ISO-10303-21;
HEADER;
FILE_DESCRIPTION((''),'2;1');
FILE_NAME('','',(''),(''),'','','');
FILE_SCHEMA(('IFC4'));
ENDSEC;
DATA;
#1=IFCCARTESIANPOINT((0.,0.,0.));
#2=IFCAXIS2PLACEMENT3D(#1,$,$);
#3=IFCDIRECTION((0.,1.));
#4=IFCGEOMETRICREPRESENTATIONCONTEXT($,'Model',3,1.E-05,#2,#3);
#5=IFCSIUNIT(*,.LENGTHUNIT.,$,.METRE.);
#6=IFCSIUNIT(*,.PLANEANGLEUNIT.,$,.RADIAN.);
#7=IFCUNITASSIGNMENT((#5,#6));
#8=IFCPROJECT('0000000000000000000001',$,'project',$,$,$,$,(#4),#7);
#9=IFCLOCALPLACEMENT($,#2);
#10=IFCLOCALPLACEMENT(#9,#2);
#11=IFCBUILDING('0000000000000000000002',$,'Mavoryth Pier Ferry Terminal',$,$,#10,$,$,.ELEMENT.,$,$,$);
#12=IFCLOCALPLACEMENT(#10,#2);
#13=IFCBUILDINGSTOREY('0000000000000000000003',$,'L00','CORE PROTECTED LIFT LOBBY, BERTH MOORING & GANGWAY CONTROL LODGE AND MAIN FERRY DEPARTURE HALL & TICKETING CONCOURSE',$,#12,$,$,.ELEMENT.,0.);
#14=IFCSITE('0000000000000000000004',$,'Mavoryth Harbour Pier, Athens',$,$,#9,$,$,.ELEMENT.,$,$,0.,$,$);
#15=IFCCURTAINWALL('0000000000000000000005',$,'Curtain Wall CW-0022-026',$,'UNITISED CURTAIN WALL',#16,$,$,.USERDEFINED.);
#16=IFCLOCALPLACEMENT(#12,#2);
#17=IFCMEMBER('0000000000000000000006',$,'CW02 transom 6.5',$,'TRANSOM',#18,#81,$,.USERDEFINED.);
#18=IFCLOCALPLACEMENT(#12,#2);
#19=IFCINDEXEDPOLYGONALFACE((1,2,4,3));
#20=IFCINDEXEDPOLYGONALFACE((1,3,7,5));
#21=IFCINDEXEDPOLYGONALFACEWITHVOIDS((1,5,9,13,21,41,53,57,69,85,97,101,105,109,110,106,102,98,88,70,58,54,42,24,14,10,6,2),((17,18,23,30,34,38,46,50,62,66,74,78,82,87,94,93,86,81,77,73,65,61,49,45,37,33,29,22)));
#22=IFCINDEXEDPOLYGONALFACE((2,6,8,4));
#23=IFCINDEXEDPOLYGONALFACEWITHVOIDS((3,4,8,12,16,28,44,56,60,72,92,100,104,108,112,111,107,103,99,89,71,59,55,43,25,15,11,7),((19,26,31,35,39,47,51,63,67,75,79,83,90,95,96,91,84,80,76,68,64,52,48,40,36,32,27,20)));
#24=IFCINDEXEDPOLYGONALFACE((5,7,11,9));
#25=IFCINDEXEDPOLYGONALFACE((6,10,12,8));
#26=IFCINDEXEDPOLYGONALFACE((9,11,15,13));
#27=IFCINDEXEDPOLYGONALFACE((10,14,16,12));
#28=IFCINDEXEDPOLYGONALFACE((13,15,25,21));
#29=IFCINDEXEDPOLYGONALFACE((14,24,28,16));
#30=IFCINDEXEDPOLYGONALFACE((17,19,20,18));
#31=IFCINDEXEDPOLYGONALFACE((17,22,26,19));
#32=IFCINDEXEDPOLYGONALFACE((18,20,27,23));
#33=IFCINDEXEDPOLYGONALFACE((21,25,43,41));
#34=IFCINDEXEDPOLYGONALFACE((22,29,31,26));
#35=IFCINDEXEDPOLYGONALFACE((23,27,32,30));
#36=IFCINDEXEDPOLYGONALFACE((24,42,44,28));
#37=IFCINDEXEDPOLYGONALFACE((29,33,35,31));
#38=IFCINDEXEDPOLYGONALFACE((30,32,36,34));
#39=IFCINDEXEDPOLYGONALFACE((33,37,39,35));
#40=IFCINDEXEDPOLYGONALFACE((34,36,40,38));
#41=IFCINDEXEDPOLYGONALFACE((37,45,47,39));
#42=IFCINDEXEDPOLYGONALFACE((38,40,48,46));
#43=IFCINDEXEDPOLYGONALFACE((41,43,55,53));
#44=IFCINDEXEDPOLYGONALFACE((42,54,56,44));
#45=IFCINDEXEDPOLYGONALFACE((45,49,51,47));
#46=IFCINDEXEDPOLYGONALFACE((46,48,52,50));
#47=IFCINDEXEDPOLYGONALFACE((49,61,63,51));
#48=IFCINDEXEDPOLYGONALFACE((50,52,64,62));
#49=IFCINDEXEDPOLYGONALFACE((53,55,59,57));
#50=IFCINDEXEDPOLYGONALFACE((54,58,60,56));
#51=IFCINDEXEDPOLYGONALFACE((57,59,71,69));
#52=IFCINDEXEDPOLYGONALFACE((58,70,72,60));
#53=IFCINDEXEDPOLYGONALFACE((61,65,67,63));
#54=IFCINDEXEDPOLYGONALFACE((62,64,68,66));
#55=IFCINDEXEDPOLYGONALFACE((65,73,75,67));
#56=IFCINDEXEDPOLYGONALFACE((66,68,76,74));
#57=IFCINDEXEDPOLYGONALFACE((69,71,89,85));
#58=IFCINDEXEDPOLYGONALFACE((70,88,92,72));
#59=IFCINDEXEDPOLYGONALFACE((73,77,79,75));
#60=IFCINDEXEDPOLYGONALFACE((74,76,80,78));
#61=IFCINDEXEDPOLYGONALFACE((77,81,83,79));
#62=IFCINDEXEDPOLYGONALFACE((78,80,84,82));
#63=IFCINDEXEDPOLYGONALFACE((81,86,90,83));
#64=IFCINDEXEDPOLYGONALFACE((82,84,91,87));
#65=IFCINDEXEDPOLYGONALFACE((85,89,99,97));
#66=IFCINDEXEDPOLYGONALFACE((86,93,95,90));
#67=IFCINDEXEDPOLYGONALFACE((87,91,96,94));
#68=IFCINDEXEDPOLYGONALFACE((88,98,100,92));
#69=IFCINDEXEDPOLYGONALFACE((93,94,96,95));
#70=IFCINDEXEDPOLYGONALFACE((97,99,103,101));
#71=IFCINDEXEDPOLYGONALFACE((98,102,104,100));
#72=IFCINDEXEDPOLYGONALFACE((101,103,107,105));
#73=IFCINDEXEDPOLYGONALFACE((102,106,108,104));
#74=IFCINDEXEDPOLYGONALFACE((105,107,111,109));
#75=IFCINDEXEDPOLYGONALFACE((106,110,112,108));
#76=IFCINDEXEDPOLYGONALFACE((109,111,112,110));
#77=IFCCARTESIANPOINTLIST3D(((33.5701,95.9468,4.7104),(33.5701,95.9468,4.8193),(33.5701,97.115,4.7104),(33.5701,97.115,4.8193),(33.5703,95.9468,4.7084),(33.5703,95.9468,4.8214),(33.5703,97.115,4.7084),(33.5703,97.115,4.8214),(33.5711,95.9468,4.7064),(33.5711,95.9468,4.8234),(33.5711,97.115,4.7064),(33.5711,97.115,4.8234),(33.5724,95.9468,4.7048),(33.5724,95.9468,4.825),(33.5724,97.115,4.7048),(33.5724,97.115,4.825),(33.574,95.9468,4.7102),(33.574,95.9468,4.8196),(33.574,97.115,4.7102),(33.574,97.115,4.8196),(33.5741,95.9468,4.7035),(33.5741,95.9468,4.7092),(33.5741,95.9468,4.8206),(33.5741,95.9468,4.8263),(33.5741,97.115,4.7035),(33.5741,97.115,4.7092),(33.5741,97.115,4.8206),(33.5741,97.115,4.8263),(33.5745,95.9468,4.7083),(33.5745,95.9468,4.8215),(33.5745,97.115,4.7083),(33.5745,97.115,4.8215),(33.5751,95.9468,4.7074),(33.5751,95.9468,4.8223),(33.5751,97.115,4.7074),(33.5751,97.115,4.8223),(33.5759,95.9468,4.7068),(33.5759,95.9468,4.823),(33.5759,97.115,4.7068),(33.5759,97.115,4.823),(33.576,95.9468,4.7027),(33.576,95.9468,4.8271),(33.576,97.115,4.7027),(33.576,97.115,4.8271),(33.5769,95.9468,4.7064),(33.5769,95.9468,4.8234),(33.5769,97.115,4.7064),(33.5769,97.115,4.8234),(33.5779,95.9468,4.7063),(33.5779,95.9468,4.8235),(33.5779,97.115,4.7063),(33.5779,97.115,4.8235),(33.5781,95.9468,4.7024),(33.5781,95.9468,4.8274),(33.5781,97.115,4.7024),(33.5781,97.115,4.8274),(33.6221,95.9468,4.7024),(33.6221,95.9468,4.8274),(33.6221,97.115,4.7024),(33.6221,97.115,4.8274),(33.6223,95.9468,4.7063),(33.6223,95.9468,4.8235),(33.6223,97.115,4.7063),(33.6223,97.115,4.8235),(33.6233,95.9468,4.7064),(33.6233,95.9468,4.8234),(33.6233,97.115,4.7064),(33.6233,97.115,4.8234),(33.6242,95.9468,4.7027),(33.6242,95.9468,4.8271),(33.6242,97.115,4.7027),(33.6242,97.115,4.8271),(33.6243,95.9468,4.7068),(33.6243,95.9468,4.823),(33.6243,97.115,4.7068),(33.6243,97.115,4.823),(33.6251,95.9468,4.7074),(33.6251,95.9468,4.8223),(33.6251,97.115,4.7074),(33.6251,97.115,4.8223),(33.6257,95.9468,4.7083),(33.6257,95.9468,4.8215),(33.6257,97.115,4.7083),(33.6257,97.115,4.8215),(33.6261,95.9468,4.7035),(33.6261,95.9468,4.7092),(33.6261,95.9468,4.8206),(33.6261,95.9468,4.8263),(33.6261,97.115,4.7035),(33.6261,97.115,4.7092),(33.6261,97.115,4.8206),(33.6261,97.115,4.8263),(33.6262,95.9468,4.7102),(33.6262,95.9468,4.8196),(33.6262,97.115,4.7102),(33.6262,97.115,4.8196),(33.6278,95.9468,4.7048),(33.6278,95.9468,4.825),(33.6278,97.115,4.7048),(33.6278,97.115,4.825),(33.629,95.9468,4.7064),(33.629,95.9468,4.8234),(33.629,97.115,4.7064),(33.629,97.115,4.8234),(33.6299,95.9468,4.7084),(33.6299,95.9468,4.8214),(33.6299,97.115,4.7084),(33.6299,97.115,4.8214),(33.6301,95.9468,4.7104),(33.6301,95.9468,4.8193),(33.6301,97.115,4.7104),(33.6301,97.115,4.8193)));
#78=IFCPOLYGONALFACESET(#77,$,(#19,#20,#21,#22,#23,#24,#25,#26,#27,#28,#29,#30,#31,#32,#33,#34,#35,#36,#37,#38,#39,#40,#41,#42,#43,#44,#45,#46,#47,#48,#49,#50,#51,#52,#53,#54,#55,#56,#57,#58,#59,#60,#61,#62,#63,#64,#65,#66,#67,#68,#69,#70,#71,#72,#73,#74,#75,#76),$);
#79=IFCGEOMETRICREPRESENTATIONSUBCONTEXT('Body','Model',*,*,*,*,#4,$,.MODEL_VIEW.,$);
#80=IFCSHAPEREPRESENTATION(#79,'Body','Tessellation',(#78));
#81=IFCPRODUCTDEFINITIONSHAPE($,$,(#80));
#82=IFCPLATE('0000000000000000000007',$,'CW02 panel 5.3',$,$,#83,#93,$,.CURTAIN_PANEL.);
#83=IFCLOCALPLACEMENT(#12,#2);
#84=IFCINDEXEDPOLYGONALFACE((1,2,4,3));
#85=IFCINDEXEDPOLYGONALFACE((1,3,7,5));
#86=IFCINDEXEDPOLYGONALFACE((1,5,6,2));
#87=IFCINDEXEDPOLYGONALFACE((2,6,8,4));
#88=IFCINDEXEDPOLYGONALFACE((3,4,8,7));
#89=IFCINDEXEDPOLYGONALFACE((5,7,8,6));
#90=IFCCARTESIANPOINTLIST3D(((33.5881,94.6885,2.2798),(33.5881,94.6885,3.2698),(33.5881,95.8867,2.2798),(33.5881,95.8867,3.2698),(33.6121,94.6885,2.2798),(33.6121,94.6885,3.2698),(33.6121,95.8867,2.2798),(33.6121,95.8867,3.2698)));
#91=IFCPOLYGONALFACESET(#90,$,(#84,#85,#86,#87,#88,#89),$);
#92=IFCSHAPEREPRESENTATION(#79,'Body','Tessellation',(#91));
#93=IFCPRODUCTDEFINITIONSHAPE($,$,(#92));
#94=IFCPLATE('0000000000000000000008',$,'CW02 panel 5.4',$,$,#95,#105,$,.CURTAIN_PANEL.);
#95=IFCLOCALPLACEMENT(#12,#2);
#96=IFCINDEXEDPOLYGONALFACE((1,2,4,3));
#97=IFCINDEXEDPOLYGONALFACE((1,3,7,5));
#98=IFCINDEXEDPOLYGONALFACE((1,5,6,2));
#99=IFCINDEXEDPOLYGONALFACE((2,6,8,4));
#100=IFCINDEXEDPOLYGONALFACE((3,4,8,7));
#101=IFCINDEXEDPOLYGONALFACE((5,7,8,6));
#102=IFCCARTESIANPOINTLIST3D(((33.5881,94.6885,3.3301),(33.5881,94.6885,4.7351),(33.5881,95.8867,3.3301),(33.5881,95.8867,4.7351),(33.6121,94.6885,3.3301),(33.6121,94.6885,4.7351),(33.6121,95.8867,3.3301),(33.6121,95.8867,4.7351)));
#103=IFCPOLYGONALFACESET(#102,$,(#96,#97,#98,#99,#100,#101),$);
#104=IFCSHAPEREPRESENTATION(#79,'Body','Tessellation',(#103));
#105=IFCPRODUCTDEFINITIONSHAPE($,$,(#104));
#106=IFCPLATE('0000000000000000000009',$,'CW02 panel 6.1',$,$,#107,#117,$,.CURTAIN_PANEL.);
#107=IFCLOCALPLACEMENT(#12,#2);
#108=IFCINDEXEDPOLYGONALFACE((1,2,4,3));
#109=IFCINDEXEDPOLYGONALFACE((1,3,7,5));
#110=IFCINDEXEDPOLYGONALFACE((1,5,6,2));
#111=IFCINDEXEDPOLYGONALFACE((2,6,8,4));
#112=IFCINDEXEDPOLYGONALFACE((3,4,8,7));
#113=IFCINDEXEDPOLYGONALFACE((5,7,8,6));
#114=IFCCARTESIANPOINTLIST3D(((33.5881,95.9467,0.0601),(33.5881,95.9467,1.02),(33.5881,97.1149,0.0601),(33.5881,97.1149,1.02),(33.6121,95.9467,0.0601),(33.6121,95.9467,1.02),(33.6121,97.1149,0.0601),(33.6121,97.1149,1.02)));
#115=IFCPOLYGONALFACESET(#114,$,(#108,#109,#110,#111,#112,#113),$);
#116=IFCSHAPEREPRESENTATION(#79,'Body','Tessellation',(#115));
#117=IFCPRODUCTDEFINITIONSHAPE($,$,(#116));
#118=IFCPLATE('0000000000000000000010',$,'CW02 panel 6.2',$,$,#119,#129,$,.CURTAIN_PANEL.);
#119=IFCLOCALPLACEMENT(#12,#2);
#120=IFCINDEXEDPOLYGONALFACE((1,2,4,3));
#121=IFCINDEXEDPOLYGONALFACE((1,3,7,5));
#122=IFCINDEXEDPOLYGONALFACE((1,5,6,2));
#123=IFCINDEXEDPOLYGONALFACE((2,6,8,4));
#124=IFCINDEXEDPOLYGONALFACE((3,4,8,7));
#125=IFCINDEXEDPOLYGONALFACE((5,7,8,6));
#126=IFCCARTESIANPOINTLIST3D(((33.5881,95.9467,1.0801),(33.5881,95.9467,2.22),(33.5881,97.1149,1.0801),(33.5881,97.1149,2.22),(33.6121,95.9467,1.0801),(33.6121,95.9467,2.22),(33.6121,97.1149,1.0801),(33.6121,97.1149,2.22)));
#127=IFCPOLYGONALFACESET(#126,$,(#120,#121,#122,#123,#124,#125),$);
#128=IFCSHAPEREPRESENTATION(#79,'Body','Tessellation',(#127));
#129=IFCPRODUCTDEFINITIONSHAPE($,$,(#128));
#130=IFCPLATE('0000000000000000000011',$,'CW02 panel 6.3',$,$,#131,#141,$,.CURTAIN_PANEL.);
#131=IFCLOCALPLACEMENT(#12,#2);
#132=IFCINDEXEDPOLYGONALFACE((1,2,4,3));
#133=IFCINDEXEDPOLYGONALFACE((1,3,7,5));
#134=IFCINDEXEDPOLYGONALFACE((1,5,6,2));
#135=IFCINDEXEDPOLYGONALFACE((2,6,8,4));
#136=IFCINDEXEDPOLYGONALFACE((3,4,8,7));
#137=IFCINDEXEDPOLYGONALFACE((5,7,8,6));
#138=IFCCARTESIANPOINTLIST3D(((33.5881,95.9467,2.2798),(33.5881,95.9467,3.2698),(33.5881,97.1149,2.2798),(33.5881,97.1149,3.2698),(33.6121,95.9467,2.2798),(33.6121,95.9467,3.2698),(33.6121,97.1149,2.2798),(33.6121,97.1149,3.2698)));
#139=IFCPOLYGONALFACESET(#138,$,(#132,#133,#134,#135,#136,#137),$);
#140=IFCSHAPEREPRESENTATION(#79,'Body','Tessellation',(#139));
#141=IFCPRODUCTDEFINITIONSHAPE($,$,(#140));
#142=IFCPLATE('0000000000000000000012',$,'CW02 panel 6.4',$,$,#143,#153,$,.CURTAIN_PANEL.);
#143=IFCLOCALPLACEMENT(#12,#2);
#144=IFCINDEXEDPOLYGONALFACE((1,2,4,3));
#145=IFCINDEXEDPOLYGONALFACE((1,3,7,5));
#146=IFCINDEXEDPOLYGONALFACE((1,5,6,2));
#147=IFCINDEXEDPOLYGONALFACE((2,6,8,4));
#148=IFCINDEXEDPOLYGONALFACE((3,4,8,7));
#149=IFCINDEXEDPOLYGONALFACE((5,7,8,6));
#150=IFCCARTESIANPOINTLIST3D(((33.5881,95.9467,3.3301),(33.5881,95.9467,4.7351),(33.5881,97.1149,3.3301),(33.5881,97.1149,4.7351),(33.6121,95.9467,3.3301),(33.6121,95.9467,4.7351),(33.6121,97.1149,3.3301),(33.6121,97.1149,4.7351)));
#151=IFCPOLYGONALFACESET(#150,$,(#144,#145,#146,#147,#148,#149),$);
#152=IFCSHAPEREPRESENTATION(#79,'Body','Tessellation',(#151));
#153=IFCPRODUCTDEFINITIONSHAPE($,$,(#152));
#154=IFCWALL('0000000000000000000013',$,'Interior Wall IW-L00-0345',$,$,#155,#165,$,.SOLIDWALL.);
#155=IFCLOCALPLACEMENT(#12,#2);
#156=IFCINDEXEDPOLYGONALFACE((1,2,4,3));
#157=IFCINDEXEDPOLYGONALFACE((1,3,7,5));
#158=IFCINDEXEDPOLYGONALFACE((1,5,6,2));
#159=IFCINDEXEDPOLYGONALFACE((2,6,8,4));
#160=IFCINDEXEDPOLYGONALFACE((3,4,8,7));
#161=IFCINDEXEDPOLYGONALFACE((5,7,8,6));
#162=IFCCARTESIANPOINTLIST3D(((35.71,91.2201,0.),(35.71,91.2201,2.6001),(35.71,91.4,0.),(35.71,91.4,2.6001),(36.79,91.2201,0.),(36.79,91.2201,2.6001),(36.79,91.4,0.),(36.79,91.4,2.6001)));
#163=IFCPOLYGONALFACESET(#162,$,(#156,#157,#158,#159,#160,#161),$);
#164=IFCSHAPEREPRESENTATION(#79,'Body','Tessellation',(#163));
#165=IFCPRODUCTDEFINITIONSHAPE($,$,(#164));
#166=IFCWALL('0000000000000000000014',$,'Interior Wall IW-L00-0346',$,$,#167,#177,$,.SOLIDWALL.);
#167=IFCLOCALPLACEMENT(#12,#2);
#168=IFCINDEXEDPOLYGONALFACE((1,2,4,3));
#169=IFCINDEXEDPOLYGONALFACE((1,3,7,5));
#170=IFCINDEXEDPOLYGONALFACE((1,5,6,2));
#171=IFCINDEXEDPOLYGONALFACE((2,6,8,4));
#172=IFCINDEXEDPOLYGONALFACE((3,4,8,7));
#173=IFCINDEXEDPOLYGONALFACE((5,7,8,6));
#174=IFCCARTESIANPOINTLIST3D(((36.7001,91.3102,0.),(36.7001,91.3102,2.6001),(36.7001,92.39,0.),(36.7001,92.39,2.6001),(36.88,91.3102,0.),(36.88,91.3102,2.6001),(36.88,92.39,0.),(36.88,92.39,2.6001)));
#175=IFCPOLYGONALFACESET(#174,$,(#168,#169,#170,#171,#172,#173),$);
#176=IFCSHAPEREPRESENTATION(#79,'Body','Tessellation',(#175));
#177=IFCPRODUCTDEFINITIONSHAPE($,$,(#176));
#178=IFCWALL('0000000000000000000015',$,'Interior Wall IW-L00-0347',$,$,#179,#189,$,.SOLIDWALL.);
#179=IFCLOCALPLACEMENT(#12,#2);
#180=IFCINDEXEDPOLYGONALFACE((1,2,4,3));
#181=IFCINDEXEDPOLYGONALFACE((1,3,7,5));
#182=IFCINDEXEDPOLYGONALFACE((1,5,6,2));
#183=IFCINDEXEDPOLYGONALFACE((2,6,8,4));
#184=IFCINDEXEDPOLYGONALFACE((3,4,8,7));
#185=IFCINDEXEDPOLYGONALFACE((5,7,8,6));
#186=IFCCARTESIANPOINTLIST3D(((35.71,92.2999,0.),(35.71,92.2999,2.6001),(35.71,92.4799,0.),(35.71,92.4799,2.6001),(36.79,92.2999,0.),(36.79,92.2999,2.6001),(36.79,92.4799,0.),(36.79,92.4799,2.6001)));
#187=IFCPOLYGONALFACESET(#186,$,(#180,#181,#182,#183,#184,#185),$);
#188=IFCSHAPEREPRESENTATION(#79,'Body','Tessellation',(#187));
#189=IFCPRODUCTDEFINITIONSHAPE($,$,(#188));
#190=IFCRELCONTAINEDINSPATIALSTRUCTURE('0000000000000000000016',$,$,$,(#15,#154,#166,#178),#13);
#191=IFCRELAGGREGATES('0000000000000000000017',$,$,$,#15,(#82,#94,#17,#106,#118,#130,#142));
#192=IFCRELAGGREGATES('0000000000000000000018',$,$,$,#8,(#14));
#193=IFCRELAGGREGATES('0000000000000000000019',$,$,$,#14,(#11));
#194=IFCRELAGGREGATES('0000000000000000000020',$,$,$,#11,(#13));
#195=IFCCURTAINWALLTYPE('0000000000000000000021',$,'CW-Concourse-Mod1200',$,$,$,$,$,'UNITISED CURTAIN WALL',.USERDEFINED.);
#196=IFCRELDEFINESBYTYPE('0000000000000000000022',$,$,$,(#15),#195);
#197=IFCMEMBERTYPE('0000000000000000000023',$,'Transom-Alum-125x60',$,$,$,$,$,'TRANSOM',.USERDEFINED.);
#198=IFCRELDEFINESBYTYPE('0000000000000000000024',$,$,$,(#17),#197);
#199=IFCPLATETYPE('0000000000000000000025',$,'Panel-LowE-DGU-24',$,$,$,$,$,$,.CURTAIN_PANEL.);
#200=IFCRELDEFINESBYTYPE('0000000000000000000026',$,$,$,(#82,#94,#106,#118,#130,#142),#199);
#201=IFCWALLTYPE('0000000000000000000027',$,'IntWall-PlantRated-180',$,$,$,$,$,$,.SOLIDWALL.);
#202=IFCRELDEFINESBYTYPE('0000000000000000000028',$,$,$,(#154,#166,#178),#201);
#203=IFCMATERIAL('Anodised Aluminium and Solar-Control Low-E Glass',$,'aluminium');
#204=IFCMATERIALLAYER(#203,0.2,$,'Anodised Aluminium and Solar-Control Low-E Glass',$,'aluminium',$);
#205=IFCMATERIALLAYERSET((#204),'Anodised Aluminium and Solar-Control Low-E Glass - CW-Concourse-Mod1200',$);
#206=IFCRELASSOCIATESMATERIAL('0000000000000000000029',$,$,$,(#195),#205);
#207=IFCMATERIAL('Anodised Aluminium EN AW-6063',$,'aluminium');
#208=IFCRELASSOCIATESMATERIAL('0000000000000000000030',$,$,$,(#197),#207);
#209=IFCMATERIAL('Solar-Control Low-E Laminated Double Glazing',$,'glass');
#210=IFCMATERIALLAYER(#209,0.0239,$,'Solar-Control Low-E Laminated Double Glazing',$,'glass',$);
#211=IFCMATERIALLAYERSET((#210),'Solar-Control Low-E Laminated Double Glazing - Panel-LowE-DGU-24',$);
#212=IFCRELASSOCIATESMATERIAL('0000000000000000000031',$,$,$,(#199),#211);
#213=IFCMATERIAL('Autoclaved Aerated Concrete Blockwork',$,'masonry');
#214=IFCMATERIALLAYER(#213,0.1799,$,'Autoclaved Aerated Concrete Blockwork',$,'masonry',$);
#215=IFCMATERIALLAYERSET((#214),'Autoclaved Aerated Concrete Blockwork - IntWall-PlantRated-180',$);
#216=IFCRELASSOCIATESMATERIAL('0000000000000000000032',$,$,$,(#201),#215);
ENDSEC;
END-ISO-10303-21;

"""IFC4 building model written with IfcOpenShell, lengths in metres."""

from ifc_helpers import new_model, si_unit, direction, frame, frame_2d, origin, origin_2d, place, context, subcontext, project, spatial, rectangle, hollow_rectangle, extrude, material, layer, layer_set, material_profile, profile_set, type_object, element, aggregate, save


model = new_model("IFC4")

# Units and contexts
model_context = context("Model", 3, precision=1e-05, world=origin(), true_north=direction((0.0, 1.0)))
body_context = subcontext(model_context, "Body", "Model", "MODEL_VIEW")
ifc_project = project(units=[si_unit("LENGTHUNIT", "METRE"), si_unit("PLANEANGLEUNIT", "RADIAN")], contexts=[model_context])

# Site, building, storey
site_placement = place(None, origin())
site = spatial("IfcSite", under=ifc_project, at=site_placement, Name="Mavoryth Harbour Pier, Athens", CompositionType="ELEMENT", RefElevation=0.0)
building_placement = place(site_placement, origin())
building = spatial("IfcBuilding", under=site, at=building_placement, Name="Mavoryth Pier Ferry Terminal", CompositionType="ELEMENT")
storey_placement = place(building_placement, origin())
storey = spatial("IfcBuildingStorey", under=building, at=storey_placement, Name="L00", Description="CORE PROTECTED LIFT LOBBY, BERTH MOORING & GANGWAY CONTROL LODGE AND MAIN FERRY DEPARTURE HALL & TICKETING CONCOURSE", CompositionType="ELEMENT", Elevation=0.0)

# Curtain wall, member, plates
ifc_material_1 = material(Name="Anodised Aluminium and Solar-Control Low-E Glass", Category="aluminium")
ifc_layer_1 = layer(ifc_material_1, 0.2, Name="Anodised Aluminium and Solar-Control Low-E Glass", Category="aluminium")
ifc_layer_set_1 = layer_set([ifc_layer_1], Name="Anodised Aluminium and Solar-Control Low-E Glass - CW-Concourse-Mod1200")
curtain_wall_type = type_object("IfcCurtainWallType", Name="CW-Concourse-Mod1200", ElementType="UNITISED CURTAIN WALL", PredefinedType="USERDEFINED", material=ifc_layer_set_1)
curtain_wall_placement = place(storey_placement, origin())
curtain_wall = element("IfcCurtainWall", 1, at=curtain_wall_placement, inside=storey, type_object=curtain_wall_type, Name="Curtain Wall CW-0022-026", ObjectType="UNITISED CURTAIN WALL", PredefinedType="USERDEFINED")
ifc_material_2 = material(Name="Anodised Aluminium EN AW-6063", Category="aluminium")
ifc_material_profile_1 = material_profile(ifc_material_2, hollow_rectangle(XDim=0.0601, YDim=0.125, WallThickness=0.0039, InnerFilletRadius=0.0039, OuterFilletRadius=0.0081, at=origin_2d()), Name="AL-TRAN 125x60x4", Category="aluminium")
ifc_profile_set_1 = profile_set([ifc_material_profile_1], Name="Anodised Aluminium EN AW-6063 - AL-TRAN 125x60x4")
member_type_1 = type_object("IfcMemberType", Name="Transom-Alum-125x60", ElementType="TRANSOM", PredefinedType="USERDEFINED", material=ifc_profile_set_1)
member_1_placement = place(storey_placement, frame((33.6001, 95.9468, 4.7649), z_axis=(0.0, 1.0, 0.0), x_axis=(-1.0, 0.0, 0.0)))
member_1 = element("IfcMember", 2, at=member_1_placement, type_object=member_type_1, Name="CW02 transom 6.5", ObjectType="TRANSOM", PredefinedType="USERDEFINED", context=body_context, shape_type="SweptSolid", body=[
    extrude(hollow_rectangle(XDim=0.0601, YDim=0.125, WallThickness=0.0039, InnerFilletRadius=0.0039, OuterFilletRadius=0.0081, at=origin_2d()), origin(), (0.0, 0.0, 1.0), 1.1682),
])
ifc_material_3 = material(Name="Solar-Control Low-E Laminated Double Glazing", Category="glass")
ifc_layer_2 = layer(ifc_material_3, 0.0239, Name="Solar-Control Low-E Laminated Double Glazing", Category="glass")
ifc_layer_set_2 = layer_set([ifc_layer_2], Name="Solar-Control Low-E Laminated Double Glazing - Panel-LowE-DGU-24")
plate_type = type_object("IfcPlateType", Name="Panel-LowE-DGU-24", PredefinedType="CURTAIN_PANEL", material=ifc_layer_set_2)
plate_1_placement = place(storey_placement, frame((33.6001, 95.2876, 2.2798), z_axis=(0.0, 0.0, 1.0), x_axis=(0.0, 1.0, 0.0)))
plate_1 = element("IfcPlate", 3, at=plate_1_placement, type_object=plate_type, Name="CW02 panel 5.3", PredefinedType="CURTAIN_PANEL", context=body_context, shape_type="SweptSolid", body=[
    extrude(rectangle(XDim=1.1982, YDim=0.0239, at=origin_2d()), origin(), (0.0, 0.0, 1.0), 0.99),
])
plate_2_placement = place(storey_placement, frame((33.6001, 95.2876, 3.3301), z_axis=(0.0, 0.0, 1.0), x_axis=(0.0, 1.0, 0.0)))
plate_2 = element("IfcPlate", 4, at=plate_2_placement, type_object=plate_type, Name="CW02 panel 5.4", PredefinedType="CURTAIN_PANEL", context=body_context, shape_type="SweptSolid", body=[
    extrude(rectangle(XDim=1.1982, YDim=0.0239, at=origin_2d()), origin(), (0.0, 0.0, 1.0), 1.405),
])
plate_3_placement = place(storey_placement, frame((33.6001, 96.5308, 0.0601), z_axis=(0.0, 0.0, 1.0), x_axis=(0.0, 1.0, 0.0)))
plate_3 = element("IfcPlate", 5, at=plate_3_placement, type_object=plate_type, Name="CW02 panel 6.1", PredefinedType="CURTAIN_PANEL", context=body_context, shape_type="SweptSolid", body=[
    extrude(rectangle(XDim=1.1682, YDim=0.0239, at=origin_2d()), origin(), (0.0, 0.0, 1.0), 0.96),
])
plate_4_placement = place(storey_placement, frame((33.6001, 96.5308, 1.0801), z_axis=(0.0, 0.0, 1.0), x_axis=(0.0, 1.0, 0.0)))
plate_4 = element("IfcPlate", 6, at=plate_4_placement, type_object=plate_type, Name="CW02 panel 6.2", PredefinedType="CURTAIN_PANEL", context=body_context, shape_type="SweptSolid", body=[
    extrude(rectangle(XDim=1.1682, YDim=0.0239, at=origin_2d()), origin(), (0.0, 0.0, 1.0), 1.1399),
])
plate_5_placement = place(storey_placement, frame((33.6001, 96.5308, 2.2798), z_axis=(0.0, 0.0, 1.0), x_axis=(0.0, 1.0, 0.0)))
plate_5 = element("IfcPlate", 7, at=plate_5_placement, type_object=plate_type, Name="CW02 panel 6.3", PredefinedType="CURTAIN_PANEL", context=body_context, shape_type="SweptSolid", body=[
    extrude(rectangle(XDim=1.1682, YDim=0.0239, at=origin_2d()), origin(), (0.0, 0.0, 1.0), 0.99),
])
plate_6_placement = place(storey_placement, frame((33.6001, 96.5308, 3.3301), z_axis=(0.0, 0.0, 1.0), x_axis=(0.0, 1.0, 0.0)))
plate_6 = element("IfcPlate", 8, at=plate_6_placement, type_object=plate_type, Name="CW02 panel 6.4", PredefinedType="CURTAIN_PANEL", context=body_context, shape_type="SweptSolid", body=[
    extrude(rectangle(XDim=1.1682, YDim=0.0239, at=origin_2d()), origin(), (0.0, 0.0, 1.0), 1.405),
])
aggregate(curtain_wall, [plate_1, plate_2, member_1, plate_3, plate_4, plate_5, plate_6])

# Walls
ifc_material_4 = material(Name="Autoclaved Aerated Concrete Blockwork", Category="masonry")
ifc_layer_3 = layer(ifc_material_4, 0.1799, Name="Autoclaved Aerated Concrete Blockwork", Category="masonry")
ifc_layer_set_3 = layer_set([ifc_layer_3], Name="Autoclaved Aerated Concrete Blockwork - IntWall-PlantRated-180")
wall_type = type_object("IfcWallType", Name="IntWall-PlantRated-180", PredefinedType="SOLIDWALL", material=ifc_layer_set_3)
wall_1_placement = place(storey_placement, frame((35.71, 91.3101, 0.0), z_axis=(0.0, 0.0, 1.0), x_axis=(1.0, 0.0, 0.0)))
element("IfcWall", 9, at=wall_1_placement, inside=storey, type_object=wall_type, Name="Interior Wall IW-L00-0345", PredefinedType="SOLIDWALL", context=body_context, shape_type="SweptSolid", body=[
    extrude(rectangle(XDim=1.0801, YDim=0.1799, at=frame_2d((0.54, 0.0))), origin(), (0.0, 0.0, 1.0), 2.6001),
])
wall_2_placement = place(storey_placement, frame((36.79, 91.3101, 0.0), z_axis=(0.0, 0.0, 1.0), x_axis=(0.0, 1.0, 0.0)))
element("IfcWall", 10, at=wall_2_placement, inside=storey, type_object=wall_type, Name="Interior Wall IW-L00-0346", PredefinedType="SOLIDWALL", context=body_context, shape_type="SweptSolid", body=[
    extrude(rectangle(XDim=1.0798, YDim=0.1799, at=frame_2d((0.54, 0.0))), origin(), (0.0, 0.0, 1.0), 2.6001),
])
wall_3_placement = place(storey_placement, frame((36.79, 92.3899, 0.0), z_axis=(0.0, 0.0, 1.0), x_axis=(-1.0, 0.0, 0.0)))
element("IfcWall", 11, at=wall_3_placement, inside=storey, type_object=wall_type, Name="Interior Wall IW-L00-0347", PredefinedType="SOLIDWALL", context=body_context, shape_type="SweptSolid", body=[
    extrude(rectangle(XDim=1.0801, YDim=0.1799, at=frame_2d((0.54, 0.0))), origin(), (0.0, 0.0, 1.0), 2.6001),
])

save(model, "model.ifc")
